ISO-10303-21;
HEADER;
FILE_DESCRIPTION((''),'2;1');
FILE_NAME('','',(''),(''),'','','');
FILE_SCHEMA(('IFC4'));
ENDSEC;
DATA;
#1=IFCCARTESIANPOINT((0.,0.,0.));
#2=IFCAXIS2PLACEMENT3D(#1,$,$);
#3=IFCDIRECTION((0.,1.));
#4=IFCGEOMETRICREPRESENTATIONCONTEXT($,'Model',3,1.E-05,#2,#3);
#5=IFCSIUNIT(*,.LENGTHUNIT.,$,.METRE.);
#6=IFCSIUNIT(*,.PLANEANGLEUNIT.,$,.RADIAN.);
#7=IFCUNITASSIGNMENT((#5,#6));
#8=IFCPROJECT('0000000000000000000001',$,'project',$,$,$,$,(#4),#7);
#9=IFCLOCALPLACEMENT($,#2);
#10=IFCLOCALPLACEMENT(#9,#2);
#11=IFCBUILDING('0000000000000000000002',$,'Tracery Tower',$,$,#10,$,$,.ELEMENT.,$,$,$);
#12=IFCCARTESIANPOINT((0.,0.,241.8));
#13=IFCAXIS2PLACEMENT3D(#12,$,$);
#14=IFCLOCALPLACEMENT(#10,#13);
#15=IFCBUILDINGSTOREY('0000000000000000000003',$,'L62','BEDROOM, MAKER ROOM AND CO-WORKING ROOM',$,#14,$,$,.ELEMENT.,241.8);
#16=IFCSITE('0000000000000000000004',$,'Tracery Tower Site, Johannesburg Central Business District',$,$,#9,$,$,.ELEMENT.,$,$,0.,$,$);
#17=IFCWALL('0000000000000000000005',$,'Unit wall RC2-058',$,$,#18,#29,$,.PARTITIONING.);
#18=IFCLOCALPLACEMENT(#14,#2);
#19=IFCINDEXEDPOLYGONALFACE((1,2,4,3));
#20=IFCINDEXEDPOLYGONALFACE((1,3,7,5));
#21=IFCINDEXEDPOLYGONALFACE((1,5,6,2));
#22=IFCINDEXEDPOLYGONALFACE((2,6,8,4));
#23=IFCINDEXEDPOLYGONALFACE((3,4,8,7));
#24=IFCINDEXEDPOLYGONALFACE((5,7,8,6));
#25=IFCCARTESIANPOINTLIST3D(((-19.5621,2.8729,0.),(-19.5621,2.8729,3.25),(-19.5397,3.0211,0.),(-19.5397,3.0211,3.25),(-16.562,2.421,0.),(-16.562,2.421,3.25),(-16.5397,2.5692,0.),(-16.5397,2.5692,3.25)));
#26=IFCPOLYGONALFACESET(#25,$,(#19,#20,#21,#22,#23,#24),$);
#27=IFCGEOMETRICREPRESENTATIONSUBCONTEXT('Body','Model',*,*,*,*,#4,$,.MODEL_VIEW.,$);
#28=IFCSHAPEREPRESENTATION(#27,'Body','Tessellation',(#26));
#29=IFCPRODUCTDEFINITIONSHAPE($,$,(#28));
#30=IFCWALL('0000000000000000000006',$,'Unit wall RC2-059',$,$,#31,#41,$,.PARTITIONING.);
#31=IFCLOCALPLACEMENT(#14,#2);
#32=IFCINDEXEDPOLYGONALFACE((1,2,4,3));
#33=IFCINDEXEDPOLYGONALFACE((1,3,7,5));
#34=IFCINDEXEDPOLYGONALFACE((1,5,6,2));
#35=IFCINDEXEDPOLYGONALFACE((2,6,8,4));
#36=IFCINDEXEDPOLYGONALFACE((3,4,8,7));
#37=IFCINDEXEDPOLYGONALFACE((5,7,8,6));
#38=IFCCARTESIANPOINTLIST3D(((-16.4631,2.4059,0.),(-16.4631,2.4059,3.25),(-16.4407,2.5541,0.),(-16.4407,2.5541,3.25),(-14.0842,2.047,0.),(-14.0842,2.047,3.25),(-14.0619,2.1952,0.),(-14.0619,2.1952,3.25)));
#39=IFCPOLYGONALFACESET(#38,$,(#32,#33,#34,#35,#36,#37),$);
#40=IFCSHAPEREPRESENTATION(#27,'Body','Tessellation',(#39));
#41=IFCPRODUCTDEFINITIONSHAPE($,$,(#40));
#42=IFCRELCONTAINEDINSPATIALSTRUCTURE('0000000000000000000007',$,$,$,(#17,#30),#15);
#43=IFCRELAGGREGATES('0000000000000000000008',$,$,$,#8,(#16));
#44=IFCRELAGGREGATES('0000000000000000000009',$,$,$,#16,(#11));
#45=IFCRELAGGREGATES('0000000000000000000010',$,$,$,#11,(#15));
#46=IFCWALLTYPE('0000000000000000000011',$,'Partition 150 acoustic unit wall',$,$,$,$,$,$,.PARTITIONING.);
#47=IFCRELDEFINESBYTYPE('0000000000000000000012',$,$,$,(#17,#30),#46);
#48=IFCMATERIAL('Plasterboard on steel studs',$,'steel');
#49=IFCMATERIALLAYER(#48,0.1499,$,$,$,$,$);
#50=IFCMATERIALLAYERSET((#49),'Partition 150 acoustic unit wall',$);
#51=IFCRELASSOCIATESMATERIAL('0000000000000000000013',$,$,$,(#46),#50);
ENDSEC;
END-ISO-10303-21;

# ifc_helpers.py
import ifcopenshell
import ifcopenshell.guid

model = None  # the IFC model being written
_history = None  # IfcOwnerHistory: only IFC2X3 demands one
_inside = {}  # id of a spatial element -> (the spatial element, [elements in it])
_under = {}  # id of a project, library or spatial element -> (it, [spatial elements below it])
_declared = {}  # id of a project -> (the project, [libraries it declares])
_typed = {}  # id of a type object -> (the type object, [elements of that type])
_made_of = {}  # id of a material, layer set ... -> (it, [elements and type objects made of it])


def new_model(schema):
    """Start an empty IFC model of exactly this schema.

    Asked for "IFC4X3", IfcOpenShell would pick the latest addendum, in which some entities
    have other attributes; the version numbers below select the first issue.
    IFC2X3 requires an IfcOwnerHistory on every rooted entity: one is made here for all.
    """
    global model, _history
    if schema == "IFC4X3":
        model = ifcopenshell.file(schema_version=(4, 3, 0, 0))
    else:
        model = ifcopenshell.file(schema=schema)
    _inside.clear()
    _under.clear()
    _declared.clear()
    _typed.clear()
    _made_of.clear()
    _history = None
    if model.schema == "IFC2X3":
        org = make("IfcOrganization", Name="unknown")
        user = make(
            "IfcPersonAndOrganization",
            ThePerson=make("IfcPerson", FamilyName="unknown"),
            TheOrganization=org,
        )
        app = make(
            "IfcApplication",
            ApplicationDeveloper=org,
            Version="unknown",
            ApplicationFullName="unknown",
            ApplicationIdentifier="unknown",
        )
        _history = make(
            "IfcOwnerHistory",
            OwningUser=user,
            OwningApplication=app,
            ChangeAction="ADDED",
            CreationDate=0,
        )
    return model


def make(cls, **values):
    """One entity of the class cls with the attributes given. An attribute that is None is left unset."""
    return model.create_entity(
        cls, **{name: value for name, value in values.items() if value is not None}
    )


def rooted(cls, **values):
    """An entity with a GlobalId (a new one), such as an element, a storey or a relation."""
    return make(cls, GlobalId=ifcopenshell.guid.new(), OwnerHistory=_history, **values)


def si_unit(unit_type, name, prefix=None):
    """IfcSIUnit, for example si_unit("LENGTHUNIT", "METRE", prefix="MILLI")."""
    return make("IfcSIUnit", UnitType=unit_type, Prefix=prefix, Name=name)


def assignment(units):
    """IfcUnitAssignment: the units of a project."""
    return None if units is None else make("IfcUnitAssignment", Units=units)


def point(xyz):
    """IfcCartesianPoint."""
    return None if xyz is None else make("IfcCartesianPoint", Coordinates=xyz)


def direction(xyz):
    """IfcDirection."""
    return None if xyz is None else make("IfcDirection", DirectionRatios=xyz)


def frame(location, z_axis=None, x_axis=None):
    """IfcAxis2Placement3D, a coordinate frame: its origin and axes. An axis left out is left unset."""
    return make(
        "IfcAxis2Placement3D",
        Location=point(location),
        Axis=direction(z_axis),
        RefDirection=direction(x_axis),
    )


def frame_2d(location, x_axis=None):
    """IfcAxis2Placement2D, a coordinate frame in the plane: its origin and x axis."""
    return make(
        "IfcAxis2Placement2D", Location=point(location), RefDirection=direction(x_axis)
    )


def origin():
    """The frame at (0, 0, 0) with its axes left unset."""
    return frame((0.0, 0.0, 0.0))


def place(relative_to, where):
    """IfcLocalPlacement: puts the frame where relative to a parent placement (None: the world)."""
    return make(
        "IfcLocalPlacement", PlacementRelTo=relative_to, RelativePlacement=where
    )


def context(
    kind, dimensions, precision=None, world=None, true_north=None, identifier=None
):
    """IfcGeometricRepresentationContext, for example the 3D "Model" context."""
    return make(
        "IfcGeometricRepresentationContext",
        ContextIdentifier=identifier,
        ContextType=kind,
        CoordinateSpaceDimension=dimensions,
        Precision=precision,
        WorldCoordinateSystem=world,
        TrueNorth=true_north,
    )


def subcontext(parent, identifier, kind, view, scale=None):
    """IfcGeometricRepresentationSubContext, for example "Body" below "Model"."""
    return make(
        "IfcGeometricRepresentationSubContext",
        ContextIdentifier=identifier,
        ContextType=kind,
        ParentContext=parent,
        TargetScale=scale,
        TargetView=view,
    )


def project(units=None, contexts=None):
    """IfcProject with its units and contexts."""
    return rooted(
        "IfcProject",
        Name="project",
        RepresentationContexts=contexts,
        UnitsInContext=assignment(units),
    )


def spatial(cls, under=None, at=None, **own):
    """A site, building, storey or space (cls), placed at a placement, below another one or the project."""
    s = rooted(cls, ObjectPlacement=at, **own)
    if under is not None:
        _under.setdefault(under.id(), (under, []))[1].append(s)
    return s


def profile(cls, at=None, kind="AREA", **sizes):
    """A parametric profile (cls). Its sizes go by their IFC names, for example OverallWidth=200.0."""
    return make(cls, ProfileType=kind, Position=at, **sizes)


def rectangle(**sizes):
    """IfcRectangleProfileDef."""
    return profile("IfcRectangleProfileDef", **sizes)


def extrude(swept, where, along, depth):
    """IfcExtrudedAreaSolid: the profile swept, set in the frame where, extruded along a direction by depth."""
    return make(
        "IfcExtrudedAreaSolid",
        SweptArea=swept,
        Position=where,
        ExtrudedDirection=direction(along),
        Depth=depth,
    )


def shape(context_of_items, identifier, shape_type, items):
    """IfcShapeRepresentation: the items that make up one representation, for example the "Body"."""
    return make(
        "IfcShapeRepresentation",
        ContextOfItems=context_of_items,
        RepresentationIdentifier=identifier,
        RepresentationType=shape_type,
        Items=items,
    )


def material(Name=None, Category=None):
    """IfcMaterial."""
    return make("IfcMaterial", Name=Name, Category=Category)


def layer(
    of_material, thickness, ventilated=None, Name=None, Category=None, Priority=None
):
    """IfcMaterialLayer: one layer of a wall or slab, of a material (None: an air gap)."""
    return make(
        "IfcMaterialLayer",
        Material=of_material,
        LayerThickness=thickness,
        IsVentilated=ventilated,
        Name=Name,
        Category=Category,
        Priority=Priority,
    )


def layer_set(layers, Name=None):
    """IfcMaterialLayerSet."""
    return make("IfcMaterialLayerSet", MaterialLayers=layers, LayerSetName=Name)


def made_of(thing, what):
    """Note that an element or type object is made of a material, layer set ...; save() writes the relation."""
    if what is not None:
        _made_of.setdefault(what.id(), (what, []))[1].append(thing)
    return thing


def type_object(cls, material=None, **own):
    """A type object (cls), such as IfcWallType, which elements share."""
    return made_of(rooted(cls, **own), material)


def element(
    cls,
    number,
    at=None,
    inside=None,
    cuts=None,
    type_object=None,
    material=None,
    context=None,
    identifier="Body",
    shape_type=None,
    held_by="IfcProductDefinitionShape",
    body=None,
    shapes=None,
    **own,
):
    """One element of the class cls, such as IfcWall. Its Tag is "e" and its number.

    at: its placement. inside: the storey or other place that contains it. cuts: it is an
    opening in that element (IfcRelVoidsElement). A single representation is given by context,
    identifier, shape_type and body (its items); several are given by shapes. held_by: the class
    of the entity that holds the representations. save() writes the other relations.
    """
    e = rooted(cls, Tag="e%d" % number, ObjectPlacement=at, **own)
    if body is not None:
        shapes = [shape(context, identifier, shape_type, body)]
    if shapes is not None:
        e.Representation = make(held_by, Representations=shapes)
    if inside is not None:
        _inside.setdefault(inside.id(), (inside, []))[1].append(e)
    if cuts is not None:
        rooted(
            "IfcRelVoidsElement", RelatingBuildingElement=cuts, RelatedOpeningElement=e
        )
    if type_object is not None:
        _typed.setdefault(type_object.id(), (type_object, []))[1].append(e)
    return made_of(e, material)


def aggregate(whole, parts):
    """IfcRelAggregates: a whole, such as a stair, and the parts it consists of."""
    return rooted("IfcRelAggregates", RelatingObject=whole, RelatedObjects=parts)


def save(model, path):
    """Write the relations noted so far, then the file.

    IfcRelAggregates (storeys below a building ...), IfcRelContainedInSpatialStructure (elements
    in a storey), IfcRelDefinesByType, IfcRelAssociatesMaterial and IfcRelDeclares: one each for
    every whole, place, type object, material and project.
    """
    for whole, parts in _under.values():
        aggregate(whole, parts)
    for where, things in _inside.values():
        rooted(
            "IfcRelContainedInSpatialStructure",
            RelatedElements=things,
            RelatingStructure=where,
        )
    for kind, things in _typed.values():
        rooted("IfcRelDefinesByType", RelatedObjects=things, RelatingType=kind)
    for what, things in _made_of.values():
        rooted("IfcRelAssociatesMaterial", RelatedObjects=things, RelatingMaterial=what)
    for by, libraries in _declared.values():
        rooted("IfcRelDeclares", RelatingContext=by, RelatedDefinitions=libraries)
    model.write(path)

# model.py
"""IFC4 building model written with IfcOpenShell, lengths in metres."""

from ifc_helpers import new_model, si_unit, direction, frame, frame_2d, origin, place, context, subcontext, project, spatial, rectangle, extrude, material, layer, layer_set, type_object, element, save


model = new_model("IFC4")

# Units and contexts
model_context = context("Model", 3, precision=1e-05, world=origin(), true_north=direction((0.0, 1.0)))
body_context = subcontext(model_context, "Body", "Model", "MODEL_VIEW")
ifc_project = project(units=[si_unit("LENGTHUNIT", "METRE"), si_unit("PLANEANGLEUNIT", "RADIAN")], contexts=[model_context])

# Site, building, storey
site_placement = place(None, origin())
site = spatial("IfcSite", under=ifc_project, at=site_placement, Name="Tracery Tower Site, Johannesburg Central Business District", CompositionType="ELEMENT", RefElevation=0.0)
building_placement = place(site_placement, origin())
building = spatial("IfcBuilding", under=site, at=building_placement, Name="Tracery Tower", CompositionType="ELEMENT")
storey_placement = place(building_placement, frame((0.0, 0.0, 241.8)))
storey = spatial("IfcBuildingStorey", under=building, at=storey_placement, Name="L62", Description="BEDROOM, MAKER ROOM AND CO-WORKING ROOM", CompositionType="ELEMENT", Elevation=241.8)

# Walls
ifc_material_1 = material(Name="Plasterboard on steel studs", Category="steel")
ifc_layer_1 = layer(ifc_material_1, 0.1499)
ifc_layer_set_1 = layer_set([ifc_layer_1], Name="Partition 150 acoustic unit wall")
wall_type_1 = type_object("IfcWallType", Name="Partition 150 acoustic unit wall", PredefinedType="PARTITIONING", material=ifc_layer_set_1)
wall_1_placement = place(storey_placement, frame((-19.551, 2.947, 0.0), z_axis=(0.0, 0.0, 1.0), x_axis=(0.988844, -0.148954, 0.0)))
element("IfcWall", 1, at=wall_1_placement, inside=storey, type_object=wall_type_1, Name="Unit wall RC2-058", PredefinedType="PARTITIONING", context=body_context, shape_type="SweptSolid", body=[
    extrude(rectangle(XDim=3.0339, YDim=0.1499, at=frame_2d((1.5171, 0.0))), origin(), (0.0, 0.0, 1.0), 3.25),
])
wall_2_placement = place(storey_placement, frame((-16.4519, 2.48, 0.0), z_axis=(0.0, 0.0, 1.0), x_axis=(0.988811, -0.149174, 0.0)))
element("IfcWall", 2, at=wall_2_placement, inside=storey, type_object=wall_type_1, Name="Unit wall RC2-059", PredefinedType="PARTITIONING", context=body_context, shape_type="SweptSolid", body=[
    extrude(rectangle(XDim=2.4058, YDim=0.1499, at=frame_2d((1.2029, 0.0))), origin(), (0.0, 0.0, 1.0), 3.25),
])

save(model, "model.ifc")
